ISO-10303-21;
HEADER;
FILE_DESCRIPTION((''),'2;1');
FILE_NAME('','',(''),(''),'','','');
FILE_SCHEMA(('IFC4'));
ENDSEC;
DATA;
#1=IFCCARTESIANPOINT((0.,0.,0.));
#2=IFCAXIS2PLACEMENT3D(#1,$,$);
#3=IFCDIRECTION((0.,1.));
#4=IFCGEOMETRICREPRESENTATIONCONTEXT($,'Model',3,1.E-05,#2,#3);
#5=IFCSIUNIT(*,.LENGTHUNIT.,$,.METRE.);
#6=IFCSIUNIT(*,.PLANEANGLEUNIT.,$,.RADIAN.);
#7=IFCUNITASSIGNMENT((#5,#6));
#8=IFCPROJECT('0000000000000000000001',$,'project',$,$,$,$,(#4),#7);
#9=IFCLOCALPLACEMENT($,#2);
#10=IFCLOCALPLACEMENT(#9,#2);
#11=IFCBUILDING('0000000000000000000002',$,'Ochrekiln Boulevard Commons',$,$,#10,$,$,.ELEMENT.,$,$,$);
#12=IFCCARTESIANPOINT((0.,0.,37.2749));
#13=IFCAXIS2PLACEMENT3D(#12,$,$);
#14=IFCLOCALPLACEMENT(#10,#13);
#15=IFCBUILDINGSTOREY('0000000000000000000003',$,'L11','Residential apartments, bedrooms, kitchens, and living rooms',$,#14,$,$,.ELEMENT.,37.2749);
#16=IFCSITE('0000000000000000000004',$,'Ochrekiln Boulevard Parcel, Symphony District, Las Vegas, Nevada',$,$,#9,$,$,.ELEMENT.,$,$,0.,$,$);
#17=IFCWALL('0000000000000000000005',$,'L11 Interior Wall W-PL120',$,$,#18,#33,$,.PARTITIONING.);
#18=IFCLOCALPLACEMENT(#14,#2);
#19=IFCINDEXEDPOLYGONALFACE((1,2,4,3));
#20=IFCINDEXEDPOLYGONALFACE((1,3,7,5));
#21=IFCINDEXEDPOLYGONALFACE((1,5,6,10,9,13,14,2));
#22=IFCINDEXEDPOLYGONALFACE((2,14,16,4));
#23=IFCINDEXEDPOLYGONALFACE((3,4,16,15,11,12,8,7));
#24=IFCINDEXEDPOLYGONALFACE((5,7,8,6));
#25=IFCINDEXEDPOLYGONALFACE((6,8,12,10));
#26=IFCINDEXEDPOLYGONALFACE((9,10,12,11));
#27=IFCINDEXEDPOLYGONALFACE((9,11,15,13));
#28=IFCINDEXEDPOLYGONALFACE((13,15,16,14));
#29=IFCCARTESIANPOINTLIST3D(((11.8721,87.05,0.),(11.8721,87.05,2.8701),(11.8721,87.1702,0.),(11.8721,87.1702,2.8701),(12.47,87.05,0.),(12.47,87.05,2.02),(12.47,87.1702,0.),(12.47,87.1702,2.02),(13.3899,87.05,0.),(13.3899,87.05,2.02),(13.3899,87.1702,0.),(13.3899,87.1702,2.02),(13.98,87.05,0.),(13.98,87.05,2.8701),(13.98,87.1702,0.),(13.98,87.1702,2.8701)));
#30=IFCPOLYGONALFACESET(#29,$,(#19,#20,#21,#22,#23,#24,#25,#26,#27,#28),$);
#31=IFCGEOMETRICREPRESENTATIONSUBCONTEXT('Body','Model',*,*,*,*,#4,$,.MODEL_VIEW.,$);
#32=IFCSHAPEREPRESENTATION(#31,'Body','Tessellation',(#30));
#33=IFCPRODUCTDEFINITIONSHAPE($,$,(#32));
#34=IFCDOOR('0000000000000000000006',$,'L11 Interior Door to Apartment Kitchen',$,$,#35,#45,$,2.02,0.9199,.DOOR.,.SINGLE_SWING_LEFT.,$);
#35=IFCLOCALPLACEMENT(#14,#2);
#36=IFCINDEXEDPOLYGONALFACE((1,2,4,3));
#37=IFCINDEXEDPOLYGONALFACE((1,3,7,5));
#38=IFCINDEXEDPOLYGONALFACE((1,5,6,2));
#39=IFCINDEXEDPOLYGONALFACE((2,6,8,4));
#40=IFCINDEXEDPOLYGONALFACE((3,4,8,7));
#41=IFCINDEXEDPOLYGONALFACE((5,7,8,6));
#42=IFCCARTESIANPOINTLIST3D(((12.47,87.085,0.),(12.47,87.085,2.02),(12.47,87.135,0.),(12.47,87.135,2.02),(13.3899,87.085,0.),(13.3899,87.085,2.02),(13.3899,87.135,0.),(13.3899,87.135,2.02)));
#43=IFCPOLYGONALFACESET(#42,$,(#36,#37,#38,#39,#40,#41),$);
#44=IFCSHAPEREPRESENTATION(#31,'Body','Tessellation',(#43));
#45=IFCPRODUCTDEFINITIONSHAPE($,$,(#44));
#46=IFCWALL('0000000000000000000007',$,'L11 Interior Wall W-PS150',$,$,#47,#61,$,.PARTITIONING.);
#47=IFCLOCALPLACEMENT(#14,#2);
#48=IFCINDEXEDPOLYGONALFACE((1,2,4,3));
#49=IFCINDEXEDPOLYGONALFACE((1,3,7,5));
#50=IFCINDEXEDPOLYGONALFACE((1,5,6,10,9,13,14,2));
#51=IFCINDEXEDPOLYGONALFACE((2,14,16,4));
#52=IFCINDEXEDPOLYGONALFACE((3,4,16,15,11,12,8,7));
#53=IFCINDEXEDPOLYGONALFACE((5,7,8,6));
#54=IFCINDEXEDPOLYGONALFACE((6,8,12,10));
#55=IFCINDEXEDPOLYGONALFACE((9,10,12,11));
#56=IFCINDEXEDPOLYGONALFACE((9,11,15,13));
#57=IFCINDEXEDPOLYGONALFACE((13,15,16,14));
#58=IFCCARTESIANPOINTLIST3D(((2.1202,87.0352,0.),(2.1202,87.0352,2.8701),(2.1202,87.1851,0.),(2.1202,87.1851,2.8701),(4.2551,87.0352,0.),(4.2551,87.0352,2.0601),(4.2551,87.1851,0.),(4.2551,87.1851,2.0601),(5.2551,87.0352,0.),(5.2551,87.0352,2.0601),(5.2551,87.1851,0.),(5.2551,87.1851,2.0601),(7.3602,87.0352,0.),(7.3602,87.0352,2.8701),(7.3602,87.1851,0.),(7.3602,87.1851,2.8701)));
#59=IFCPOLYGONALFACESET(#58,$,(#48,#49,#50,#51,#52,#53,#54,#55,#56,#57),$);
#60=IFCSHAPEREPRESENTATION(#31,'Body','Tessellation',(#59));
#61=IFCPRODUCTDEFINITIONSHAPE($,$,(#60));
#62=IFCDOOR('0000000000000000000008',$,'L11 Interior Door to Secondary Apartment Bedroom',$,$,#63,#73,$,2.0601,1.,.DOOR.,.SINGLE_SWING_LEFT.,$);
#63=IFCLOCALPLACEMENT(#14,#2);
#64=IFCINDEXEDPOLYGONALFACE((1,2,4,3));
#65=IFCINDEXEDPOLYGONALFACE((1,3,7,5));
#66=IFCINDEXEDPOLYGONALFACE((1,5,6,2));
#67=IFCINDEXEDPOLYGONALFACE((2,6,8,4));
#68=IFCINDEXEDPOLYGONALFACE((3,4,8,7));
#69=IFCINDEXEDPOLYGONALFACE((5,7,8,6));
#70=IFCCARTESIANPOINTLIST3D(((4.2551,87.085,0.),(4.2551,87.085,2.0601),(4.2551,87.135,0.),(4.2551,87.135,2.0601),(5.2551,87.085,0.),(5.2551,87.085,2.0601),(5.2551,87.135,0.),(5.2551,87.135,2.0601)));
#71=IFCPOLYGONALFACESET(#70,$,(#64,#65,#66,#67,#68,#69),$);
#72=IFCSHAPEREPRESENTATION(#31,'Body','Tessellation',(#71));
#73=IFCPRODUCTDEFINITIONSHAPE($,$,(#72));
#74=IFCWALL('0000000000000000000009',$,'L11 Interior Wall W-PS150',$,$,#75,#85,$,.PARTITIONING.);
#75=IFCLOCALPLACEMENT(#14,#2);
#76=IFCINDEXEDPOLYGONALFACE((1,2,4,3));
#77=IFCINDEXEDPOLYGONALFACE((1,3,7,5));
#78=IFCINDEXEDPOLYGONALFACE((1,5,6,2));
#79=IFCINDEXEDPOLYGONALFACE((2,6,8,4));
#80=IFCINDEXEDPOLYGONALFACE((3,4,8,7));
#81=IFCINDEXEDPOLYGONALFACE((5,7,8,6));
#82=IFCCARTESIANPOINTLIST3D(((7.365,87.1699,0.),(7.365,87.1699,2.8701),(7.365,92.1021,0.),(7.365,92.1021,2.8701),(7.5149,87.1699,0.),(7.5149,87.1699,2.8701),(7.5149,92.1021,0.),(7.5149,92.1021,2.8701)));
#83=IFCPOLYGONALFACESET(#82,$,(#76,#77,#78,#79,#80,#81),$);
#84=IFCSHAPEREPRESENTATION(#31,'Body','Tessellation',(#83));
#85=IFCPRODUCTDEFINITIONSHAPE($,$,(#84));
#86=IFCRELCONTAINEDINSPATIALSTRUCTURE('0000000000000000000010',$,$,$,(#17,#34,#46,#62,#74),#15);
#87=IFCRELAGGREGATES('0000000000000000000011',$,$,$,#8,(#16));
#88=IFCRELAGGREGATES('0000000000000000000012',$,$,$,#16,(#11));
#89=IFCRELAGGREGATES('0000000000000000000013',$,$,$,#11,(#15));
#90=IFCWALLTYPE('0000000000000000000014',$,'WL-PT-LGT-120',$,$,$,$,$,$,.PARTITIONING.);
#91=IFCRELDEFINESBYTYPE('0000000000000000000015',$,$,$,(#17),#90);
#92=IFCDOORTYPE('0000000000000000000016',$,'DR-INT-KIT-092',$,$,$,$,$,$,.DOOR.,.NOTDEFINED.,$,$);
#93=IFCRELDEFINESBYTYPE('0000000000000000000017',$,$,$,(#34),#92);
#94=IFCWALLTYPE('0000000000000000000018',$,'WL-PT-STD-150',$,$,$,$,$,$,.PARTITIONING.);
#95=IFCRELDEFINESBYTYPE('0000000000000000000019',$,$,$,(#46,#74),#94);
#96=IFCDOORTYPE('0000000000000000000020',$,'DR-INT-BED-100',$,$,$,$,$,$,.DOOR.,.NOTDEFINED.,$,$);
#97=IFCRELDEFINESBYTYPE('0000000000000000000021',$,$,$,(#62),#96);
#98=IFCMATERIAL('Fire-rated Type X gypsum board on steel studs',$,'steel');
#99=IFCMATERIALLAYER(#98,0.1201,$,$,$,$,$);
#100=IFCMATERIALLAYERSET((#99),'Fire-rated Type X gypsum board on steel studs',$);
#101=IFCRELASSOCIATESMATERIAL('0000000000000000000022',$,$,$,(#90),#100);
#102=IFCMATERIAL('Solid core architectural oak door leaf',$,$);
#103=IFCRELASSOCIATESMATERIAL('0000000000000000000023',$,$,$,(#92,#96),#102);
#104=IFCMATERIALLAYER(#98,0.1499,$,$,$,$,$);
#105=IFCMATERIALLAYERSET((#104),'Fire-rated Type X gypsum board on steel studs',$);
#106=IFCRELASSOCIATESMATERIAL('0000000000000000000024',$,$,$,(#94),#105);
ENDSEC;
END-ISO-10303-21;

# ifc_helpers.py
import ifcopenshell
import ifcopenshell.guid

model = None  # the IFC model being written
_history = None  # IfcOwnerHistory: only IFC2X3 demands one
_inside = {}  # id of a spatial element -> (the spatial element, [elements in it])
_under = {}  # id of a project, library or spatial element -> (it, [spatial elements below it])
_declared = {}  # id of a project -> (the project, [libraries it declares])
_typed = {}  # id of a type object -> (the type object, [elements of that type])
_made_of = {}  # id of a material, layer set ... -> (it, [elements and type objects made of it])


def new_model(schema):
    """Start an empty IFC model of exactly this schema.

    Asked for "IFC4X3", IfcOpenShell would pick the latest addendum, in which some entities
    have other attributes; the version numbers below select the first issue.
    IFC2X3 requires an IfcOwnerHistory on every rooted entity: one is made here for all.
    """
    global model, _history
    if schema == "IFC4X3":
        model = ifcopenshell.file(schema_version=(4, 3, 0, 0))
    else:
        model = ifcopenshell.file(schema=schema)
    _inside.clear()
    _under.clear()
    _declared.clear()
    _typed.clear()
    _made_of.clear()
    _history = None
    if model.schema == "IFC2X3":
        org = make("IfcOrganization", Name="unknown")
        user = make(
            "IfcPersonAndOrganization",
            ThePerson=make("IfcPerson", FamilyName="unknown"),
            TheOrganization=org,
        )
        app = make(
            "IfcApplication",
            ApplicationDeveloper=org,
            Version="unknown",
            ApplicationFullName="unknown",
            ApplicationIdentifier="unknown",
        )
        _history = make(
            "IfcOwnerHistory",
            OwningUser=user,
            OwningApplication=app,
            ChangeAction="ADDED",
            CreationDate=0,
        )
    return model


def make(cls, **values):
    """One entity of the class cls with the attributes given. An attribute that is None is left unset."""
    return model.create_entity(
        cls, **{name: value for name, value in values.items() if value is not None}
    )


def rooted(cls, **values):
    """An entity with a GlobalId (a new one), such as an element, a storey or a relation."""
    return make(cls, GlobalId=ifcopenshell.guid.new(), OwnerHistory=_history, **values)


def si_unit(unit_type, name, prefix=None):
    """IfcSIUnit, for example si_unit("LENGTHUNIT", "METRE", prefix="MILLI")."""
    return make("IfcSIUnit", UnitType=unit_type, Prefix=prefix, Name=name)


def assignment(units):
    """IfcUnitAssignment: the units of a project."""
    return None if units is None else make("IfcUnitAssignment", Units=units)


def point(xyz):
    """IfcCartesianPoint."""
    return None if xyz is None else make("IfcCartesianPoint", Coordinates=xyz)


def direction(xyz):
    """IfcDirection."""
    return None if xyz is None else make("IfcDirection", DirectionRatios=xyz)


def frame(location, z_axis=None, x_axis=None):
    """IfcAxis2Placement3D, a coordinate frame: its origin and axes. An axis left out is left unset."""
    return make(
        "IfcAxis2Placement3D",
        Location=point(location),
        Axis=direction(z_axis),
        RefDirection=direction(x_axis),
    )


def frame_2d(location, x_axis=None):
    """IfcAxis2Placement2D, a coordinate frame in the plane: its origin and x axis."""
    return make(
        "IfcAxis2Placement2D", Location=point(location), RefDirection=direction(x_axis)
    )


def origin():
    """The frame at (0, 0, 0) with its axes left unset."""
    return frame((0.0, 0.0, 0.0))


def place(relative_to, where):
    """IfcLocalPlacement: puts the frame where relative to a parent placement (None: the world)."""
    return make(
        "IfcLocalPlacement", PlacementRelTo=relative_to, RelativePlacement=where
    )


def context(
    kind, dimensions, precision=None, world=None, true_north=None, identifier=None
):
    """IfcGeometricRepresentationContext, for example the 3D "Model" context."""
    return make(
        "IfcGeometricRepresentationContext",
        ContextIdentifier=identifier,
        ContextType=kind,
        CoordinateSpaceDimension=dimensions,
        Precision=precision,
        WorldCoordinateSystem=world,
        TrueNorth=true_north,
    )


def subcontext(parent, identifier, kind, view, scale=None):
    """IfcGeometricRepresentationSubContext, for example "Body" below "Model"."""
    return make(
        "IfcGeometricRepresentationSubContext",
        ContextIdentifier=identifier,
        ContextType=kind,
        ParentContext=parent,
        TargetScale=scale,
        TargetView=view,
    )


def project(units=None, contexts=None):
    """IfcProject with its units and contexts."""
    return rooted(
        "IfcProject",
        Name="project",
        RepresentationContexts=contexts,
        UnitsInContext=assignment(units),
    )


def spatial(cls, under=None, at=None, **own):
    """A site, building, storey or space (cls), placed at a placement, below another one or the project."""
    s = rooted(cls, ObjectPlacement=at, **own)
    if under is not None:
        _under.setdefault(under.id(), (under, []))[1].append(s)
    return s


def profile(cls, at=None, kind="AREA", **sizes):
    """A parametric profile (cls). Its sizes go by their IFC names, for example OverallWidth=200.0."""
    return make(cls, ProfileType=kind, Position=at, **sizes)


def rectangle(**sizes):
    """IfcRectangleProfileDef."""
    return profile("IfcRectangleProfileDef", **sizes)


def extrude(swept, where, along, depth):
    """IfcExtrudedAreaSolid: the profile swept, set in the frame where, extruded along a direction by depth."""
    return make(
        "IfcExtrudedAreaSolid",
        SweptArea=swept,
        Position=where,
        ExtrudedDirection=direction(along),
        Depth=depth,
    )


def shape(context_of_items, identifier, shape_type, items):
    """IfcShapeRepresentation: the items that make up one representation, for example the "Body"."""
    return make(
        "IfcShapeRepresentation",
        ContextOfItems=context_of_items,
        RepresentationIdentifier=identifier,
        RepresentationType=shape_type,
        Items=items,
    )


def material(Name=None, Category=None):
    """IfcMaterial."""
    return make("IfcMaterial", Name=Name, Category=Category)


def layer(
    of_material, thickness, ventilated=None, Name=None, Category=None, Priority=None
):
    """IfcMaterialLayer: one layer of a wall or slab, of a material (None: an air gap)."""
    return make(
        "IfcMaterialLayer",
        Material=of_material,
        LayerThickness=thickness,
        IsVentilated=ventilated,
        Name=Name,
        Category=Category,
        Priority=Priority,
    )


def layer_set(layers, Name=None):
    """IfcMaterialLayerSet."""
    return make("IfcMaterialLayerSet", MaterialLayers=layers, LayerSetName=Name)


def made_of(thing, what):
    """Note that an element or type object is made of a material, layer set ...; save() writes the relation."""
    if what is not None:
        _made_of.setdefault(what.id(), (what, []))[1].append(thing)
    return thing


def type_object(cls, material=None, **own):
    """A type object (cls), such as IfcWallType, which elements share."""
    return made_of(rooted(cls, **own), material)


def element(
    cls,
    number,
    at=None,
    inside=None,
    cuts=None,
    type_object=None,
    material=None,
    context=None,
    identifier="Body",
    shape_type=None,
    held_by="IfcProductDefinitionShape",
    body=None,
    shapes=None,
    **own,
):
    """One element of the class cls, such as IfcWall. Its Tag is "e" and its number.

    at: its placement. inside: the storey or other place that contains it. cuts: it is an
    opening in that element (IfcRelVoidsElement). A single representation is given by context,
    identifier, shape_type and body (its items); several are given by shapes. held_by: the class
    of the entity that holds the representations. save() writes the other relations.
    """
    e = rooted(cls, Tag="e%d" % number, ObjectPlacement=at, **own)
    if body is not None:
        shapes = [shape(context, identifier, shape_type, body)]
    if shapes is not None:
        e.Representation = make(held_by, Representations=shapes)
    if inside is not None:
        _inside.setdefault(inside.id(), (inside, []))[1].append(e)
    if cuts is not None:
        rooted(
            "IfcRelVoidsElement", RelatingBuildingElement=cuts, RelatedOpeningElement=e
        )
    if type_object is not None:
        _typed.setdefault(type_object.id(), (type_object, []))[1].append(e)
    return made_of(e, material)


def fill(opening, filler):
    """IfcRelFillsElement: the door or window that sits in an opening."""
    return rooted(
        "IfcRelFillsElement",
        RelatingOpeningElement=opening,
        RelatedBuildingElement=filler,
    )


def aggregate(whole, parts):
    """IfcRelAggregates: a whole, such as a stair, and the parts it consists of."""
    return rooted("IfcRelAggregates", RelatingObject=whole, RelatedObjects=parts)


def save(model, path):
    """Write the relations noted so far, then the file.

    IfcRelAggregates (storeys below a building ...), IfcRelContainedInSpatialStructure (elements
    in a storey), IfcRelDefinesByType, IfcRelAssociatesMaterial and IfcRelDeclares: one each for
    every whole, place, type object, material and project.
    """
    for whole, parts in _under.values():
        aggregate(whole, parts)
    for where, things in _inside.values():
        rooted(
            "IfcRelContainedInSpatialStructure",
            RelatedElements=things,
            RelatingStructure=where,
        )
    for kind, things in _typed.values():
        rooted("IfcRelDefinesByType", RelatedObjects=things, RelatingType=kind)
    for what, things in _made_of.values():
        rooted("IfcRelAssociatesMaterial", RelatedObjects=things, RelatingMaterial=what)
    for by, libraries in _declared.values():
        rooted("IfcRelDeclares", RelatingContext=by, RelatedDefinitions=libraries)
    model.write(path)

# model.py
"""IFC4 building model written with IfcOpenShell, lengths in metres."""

from ifc_helpers import new_model, si_unit, direction, frame, frame_2d, origin, place, context, subcontext, project, spatial, rectangle, extrude, material, layer, layer_set, type_object, element, fill, save


model = new_model("IFC4")

# Units and contexts
model_context = context("Model", 3, precision=1e-05, world=origin(), true_north=direction((0.0, 1.0)))
body_context = subcontext(model_context, "Body", "Model", "MODEL_VIEW")
ifc_project = project(units=[si_unit("LENGTHUNIT", "METRE"), si_unit("PLANEANGLEUNIT", "RADIAN")], contexts=[model_context])

# Site, building, storey
site_placement = place(None, origin())
site = spatial("IfcSite", under=ifc_project, at=site_placement, Name="Ochrekiln Boulevard Parcel, Symphony District, Las Vegas, Nevada", CompositionType="ELEMENT", RefElevation=0.0)
building_placement = place(site_placement, origin())
building = spatial("IfcBuilding", under=site, at=building_placement, Name="Ochrekiln Boulevard Commons", CompositionType="ELEMENT")
storey_placement = place(building_placement, frame((0.0, 0.0, 37.2749)))
storey = spatial("IfcBuildingStorey", under=building, at=storey_placement, Name="L11", Description="Residential apartments, bedrooms, kitchens, and living rooms", CompositionType="ELEMENT", Elevation=37.2749)

# Shared definitions
ifc_material_1 = material(Name="Fire-rated Type X gypsum board on steel studs", Category="steel")

# Walls, openings, doors
ifc_layer_1 = layer(ifc_material_1, 0.1201)
ifc_layer_set_1 = layer_set([ifc_layer_1], Name="Fire-rated Type X gypsum board on steel studs")
wall_type_1 = type_object("IfcWallType", Name="WL-PT-LGT-120", PredefinedType="PARTITIONING", material=ifc_layer_set_1)
ifc_material_2 = material(Name="Solid core architectural oak door leaf")
wall_1_placement = place(storey_placement, frame((11.8721, 87.1101, 0.0), z_axis=(0.0, 0.0, 1.0), x_axis=(1.0, 0.0, 0.0)))
wall_1 = element("IfcWall", 1, at=wall_1_placement, inside=storey, type_object=wall_type_1, Name="L11 Interior Wall W-PL120", PredefinedType="PARTITIONING", context=body_context, shape_type="SweptSolid", body=[
    extrude(rectangle(XDim=2.1079, YDim=0.1201, at=frame_2d((1.054, 0.0))), origin(), (0.0, 0.0, 1.0), 2.8701),
])
opening_1_placement = place(wall_1_placement, frame((0.5979, 0.0, 0.0)))
opening_1 = element("IfcOpeningElement", 2, at=opening_1_placement, cuts=wall_1, PredefinedType="OPENING", context=body_context, shape_type="SweptSolid", body=[
    extrude(rectangle(XDim=0.9199, YDim=2.02, at=frame_2d((0.46, 1.01))), frame((0.0, 0.0701, 0.0), z_axis=(0.0, -1.0, 0.0), x_axis=(1.0, 0.0, 0.0)), (0.0, 0.0, 1.0), 0.1401),
])
door_type_1 = type_object("IfcDoorType", Name="DR-INT-KIT-092", OperationType="NOTDEFINED", PredefinedType="DOOR", material=ifc_material_2)
door_1_placement = place(opening_1_placement, origin())
door_1 = element("IfcDoor", 3, at=door_1_placement, inside=storey, type_object=door_type_1, Name="L11 Interior Door to Apartment Kitchen", OperationType="SINGLE_SWING_LEFT", OverallHeight=2.02, OverallWidth=0.9199, PredefinedType="DOOR", context=body_context, shape_type="SweptSolid", body=[
    extrude(rectangle(XDim=0.9199, YDim=2.02, at=frame_2d((0.46, 1.01))), frame((0.0, 0.0249, 0.0), z_axis=(0.0, -1.0, 0.0), x_axis=(1.0, 0.0, 0.0)), (0.0, 0.0, 1.0), 0.05),
])
fill(opening_1, door_1)
ifc_layer_2 = layer(ifc_material_1, 0.1499)
ifc_layer_set_2 = layer_set([ifc_layer_2], Name="Fire-rated Type X gypsum board on steel studs")
wall_type_2 = type_object("IfcWallType", Name="WL-PT-STD-150", PredefinedType="PARTITIONING", material=ifc_layer_set_2)
wall_2_placement = place(storey_placement, frame((2.1201, 87.1101, 0.0), z_axis=(0.0, 0.0, 1.0), x_axis=(1.0, 0.0, 0.0)))
wall_2 = element("IfcWall", 4, at=wall_2_placement, inside=storey, type_object=wall_type_2, Name="L11 Interior Wall W-PS150", PredefinedType="PARTITIONING", context=body_context, shape_type="SweptSolid", body=[
    extrude(rectangle(XDim=5.24, YDim=0.1499, at=frame_2d((2.6201, 0.0))), origin(), (0.0, 0.0, 1.0), 2.8701),
])
opening_2_placement = place(wall_2_placement, frame((2.135, 0.0, 0.0)))
opening_2 = element("IfcOpeningElement", 5, at=opening_2_placement, cuts=wall_2, PredefinedType="OPENING", context=body_context, shape_type="SweptSolid", body=[
    extrude(rectangle(XDim=1.0, YDim=2.0601, at=frame_2d((0.5, 1.03))), frame((0.0, 0.085, 0.0), z_axis=(0.0, -1.0, 0.0), x_axis=(1.0, 0.0, 0.0)), (0.0, 0.0, 1.0), 0.1699),
])
door_type_2 = type_object("IfcDoorType", Name="DR-INT-BED-100", OperationType="NOTDEFINED", PredefinedType="DOOR", material=ifc_material_2)
door_2_placement = place(opening_2_placement, origin())
door_2 = element("IfcDoor", 6, at=door_2_placement, inside=storey, type_object=door_type_2, Name="L11 Interior Door to Secondary Apartment Bedroom", OperationType="SINGLE_SWING_LEFT", OverallHeight=2.0601, OverallWidth=1.0, PredefinedType="DOOR", context=body_context, shape_type="SweptSolid", body=[
    extrude(rectangle(XDim=1.0, YDim=2.0601, at=frame_2d((0.5, 1.03))), frame((0.0, 0.0249, 0.0), z_axis=(0.0, -1.0, 0.0), x_axis=(1.0, 0.0, 0.0)), (0.0, 0.0, 1.0), 0.05),
])
fill(opening_2, door_2)

# Wall
wall_3_placement = place(storey_placement, frame((7.4399, 87.1699, 0.0), z_axis=(0.0, 0.0, 1.0), x_axis=(0.0, 1.0, 0.0)))
element("IfcWall", 7, at=wall_3_placement, inside=storey, type_object=wall_type_2, Name="L11 Interior Wall W-PS150", PredefinedType="PARTITIONING", context=body_context, shape_type="SweptSolid", body=[
    extrude(rectangle(XDim=4.9321, YDim=0.1499, at=frame_2d((2.4661, 0.0))), origin(), (0.0, 0.0, 1.0), 2.8701),
])

save(model, "model.ifc")
